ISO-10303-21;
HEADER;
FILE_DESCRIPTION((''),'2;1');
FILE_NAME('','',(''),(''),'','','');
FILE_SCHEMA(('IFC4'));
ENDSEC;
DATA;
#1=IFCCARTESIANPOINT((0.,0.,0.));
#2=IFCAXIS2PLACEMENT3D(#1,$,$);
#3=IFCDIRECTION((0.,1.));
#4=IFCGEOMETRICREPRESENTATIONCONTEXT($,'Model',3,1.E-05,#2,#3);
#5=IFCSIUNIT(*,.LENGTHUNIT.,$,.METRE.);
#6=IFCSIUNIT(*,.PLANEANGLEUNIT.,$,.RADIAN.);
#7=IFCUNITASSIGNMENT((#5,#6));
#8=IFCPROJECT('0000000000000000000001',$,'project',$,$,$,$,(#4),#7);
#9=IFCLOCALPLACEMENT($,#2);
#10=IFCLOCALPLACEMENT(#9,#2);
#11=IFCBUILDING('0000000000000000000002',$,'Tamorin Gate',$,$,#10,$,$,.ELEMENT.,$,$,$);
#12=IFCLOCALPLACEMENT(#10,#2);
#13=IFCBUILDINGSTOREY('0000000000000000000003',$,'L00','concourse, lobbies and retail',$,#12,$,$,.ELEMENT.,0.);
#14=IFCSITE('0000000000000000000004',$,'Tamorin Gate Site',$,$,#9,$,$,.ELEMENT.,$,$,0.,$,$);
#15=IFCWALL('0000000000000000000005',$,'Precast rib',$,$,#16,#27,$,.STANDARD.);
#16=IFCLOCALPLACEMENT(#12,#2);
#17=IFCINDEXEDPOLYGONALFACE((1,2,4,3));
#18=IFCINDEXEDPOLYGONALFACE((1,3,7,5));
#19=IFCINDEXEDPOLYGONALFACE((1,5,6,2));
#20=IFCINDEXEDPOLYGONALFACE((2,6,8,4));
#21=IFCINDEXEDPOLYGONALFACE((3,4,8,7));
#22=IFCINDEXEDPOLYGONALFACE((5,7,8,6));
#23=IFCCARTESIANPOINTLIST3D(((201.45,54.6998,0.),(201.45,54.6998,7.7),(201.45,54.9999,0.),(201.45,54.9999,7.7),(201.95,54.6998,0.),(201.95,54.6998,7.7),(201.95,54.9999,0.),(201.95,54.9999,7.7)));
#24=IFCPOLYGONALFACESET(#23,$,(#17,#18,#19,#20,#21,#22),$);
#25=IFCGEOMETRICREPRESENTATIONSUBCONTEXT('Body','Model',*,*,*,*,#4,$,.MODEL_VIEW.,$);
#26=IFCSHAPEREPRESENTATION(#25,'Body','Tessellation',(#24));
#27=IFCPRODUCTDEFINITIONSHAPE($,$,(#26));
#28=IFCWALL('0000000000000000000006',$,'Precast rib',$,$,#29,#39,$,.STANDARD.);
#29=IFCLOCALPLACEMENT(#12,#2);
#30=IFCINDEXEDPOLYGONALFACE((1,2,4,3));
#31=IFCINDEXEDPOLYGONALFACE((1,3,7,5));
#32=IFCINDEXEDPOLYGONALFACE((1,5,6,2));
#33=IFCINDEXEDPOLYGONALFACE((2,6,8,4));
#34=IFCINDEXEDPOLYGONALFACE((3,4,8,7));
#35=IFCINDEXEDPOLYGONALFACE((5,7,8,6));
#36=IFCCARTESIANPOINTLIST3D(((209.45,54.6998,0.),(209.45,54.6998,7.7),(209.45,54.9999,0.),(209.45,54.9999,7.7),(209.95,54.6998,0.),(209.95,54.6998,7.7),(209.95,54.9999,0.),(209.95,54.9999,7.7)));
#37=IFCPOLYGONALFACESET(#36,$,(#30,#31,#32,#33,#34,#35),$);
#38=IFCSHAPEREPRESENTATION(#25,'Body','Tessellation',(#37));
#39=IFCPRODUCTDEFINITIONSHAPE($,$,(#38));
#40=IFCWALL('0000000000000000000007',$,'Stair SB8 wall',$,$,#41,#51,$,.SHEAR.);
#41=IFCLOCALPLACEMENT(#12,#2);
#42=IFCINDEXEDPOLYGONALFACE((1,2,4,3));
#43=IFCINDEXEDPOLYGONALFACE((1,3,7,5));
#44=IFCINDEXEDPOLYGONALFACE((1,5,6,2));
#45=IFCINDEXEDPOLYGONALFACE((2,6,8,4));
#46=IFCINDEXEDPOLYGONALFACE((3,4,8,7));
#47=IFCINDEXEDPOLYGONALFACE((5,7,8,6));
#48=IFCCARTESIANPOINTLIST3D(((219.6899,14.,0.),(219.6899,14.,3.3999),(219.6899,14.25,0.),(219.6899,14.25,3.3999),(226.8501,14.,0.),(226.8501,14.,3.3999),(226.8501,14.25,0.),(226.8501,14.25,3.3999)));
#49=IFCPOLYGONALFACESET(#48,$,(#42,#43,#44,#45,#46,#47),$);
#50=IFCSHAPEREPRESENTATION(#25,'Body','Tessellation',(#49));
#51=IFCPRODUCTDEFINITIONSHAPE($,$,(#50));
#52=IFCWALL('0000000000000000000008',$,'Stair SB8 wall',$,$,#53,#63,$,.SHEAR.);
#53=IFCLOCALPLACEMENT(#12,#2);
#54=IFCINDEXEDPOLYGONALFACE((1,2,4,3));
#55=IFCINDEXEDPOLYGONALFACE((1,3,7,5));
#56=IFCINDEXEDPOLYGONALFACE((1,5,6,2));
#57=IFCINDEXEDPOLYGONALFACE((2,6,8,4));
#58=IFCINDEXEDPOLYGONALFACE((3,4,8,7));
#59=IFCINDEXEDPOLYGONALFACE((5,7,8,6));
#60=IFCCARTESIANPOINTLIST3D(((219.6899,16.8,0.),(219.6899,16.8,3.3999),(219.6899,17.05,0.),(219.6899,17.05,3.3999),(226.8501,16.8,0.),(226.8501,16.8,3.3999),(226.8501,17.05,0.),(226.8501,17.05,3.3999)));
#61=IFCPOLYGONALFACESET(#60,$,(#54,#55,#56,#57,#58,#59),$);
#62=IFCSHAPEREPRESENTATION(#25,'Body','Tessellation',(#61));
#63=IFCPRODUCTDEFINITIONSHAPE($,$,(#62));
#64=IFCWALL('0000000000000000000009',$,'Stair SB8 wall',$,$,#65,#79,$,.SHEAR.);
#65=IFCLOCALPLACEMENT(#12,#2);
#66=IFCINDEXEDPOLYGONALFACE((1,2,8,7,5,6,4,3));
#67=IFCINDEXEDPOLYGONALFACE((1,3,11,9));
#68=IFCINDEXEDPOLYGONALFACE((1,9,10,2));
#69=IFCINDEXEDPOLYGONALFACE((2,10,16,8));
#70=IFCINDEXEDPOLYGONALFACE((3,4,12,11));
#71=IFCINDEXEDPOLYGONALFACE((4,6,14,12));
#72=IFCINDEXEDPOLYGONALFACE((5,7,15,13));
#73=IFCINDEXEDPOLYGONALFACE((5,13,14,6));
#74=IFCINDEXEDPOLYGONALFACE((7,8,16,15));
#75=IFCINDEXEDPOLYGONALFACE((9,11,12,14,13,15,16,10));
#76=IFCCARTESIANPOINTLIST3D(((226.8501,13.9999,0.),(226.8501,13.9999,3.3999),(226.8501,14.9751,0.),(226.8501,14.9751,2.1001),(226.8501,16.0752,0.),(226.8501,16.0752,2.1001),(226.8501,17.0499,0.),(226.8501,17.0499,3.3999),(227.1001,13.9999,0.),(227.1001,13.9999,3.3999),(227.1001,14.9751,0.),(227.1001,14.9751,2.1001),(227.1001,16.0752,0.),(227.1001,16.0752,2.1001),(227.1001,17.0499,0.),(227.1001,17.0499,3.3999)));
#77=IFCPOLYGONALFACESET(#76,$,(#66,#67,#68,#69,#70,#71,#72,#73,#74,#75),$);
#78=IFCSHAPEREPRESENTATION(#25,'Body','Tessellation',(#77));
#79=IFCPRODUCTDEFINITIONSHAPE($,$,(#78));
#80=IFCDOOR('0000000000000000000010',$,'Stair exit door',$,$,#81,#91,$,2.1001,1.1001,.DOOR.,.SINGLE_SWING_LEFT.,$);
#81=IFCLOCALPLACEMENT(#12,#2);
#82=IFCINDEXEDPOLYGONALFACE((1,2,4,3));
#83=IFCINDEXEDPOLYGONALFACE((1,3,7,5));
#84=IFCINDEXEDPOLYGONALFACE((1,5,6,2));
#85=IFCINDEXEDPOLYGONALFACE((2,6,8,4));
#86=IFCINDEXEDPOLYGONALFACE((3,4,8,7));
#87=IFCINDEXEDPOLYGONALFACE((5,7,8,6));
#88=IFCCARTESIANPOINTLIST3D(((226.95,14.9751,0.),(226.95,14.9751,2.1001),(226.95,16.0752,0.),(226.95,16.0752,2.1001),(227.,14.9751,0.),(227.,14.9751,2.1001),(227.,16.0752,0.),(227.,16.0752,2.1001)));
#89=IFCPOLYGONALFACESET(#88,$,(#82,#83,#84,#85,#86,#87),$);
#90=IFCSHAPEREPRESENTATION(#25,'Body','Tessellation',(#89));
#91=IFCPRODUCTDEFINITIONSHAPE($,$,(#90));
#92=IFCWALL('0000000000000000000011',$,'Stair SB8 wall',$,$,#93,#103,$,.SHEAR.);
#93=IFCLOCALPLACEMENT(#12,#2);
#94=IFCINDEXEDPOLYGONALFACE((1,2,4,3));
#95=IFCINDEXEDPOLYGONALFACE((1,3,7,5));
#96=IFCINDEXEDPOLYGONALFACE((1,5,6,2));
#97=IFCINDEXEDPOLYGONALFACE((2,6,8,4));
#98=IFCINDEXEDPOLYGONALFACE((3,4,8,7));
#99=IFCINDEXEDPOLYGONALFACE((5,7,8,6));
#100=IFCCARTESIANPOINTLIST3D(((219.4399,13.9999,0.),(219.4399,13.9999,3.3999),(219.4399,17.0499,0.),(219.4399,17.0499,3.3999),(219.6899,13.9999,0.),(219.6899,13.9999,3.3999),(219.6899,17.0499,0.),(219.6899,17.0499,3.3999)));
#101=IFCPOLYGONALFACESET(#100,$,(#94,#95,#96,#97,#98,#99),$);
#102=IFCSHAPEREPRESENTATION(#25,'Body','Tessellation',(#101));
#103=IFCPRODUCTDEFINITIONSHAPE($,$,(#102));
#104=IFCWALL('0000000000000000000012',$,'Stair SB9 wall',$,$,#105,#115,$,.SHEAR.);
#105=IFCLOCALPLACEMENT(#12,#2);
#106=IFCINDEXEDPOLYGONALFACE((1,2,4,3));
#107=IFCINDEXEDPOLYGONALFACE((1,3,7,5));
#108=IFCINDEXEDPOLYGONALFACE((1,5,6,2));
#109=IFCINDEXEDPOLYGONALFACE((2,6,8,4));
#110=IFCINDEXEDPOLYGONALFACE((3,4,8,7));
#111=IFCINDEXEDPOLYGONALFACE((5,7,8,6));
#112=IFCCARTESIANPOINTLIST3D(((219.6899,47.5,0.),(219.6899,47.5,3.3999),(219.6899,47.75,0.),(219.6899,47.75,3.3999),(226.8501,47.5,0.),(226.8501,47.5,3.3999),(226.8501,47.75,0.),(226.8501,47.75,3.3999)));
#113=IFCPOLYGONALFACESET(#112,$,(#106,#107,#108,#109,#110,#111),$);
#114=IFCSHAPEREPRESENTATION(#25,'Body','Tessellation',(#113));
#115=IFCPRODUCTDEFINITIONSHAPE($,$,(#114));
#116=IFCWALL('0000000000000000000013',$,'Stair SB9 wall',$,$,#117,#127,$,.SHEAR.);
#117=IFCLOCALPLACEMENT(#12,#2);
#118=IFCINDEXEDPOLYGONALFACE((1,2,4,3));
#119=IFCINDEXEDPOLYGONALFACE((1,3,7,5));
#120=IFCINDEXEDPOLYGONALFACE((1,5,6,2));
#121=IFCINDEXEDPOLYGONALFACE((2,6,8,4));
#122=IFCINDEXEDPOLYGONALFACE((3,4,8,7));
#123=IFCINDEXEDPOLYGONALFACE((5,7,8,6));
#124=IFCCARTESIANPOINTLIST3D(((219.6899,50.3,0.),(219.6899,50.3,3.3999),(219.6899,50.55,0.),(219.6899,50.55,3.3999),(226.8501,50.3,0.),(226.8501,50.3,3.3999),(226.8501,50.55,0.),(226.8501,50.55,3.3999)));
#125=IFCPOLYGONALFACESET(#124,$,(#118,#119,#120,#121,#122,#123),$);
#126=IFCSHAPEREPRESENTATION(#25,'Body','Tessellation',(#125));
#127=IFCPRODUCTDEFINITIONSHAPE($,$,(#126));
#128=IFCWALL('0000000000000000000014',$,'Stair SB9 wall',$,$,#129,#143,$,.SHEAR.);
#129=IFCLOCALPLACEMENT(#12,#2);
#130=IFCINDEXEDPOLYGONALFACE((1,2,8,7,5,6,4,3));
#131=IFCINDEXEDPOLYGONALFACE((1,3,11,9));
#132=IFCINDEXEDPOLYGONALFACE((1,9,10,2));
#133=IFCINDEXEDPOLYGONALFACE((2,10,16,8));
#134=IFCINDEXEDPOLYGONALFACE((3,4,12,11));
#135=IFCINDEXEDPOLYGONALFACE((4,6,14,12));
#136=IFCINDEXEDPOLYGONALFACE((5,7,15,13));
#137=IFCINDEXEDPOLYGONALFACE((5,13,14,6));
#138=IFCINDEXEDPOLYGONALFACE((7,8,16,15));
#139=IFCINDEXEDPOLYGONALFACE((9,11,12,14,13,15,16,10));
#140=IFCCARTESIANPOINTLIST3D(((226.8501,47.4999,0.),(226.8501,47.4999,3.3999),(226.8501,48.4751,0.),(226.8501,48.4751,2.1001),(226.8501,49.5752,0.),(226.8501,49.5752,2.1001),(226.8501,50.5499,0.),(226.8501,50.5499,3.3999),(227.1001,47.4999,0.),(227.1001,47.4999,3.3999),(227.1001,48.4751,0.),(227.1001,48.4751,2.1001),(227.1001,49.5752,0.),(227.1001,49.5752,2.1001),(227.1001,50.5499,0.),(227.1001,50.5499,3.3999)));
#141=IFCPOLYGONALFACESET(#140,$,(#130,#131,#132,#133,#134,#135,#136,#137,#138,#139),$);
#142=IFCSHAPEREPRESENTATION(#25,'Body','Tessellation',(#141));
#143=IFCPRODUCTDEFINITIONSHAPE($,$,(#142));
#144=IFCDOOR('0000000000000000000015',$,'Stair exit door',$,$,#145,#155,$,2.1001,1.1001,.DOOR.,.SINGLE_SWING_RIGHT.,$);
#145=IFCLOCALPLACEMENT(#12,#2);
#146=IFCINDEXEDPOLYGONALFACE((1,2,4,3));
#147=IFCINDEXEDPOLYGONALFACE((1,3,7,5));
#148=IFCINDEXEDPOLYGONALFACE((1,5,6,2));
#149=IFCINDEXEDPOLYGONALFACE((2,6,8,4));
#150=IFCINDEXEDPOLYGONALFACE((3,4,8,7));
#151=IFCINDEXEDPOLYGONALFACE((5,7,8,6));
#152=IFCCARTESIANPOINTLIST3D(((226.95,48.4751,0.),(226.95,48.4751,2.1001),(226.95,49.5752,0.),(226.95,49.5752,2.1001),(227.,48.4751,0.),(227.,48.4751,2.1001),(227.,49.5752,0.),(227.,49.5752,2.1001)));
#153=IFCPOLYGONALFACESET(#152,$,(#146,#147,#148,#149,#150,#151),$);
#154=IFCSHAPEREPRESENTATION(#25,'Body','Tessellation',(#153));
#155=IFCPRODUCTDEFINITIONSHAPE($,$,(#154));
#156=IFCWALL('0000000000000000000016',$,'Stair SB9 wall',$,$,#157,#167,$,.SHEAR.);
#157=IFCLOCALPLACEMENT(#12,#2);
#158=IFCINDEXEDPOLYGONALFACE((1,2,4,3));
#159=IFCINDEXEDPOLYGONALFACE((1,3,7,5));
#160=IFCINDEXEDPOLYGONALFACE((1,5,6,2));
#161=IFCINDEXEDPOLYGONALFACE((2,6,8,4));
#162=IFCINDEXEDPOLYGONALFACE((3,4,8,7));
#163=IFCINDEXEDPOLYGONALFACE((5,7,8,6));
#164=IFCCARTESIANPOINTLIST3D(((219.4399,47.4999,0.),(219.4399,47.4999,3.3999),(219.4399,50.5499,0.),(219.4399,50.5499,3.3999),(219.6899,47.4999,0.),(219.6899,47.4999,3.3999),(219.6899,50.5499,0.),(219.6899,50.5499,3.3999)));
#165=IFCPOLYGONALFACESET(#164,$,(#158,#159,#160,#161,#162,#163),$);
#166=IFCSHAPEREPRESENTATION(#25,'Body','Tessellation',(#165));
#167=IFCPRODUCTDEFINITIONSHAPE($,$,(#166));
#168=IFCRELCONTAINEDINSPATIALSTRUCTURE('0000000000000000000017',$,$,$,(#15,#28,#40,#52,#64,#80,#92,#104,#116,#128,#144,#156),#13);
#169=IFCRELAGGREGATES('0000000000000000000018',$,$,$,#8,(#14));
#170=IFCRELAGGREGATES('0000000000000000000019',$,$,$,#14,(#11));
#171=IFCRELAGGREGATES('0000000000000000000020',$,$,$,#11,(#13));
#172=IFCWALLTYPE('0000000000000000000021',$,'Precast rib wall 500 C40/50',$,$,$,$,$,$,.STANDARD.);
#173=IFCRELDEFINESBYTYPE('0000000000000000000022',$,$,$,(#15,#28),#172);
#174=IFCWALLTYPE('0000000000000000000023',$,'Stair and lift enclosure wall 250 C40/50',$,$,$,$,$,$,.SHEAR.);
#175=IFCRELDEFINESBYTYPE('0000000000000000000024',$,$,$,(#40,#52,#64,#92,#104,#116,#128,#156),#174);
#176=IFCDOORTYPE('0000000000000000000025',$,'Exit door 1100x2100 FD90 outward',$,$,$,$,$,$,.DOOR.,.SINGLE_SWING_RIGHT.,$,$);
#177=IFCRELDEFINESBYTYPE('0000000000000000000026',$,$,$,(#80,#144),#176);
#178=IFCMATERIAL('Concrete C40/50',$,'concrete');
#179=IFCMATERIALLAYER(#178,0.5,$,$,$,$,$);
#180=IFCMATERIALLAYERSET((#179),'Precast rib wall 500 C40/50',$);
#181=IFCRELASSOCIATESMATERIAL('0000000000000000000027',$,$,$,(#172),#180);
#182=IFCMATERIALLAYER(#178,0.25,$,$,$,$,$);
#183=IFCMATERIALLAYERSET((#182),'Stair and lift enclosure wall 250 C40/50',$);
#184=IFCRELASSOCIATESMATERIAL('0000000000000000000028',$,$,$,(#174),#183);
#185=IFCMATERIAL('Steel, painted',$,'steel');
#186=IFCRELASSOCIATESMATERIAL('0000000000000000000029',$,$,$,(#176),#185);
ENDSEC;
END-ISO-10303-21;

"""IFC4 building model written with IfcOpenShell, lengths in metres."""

from ifc_helpers import new_model, si_unit, direction, frame, frame_2d, origin, place, context, subcontext, project, spatial, rectangle, extrude, material, layer, layer_set, type_object, element, fill, save


model = new_model("IFC4")

# Units and contexts
model_context = context("Model", 3, precision=1e-05, world=origin(), true_north=direction((0.0, 1.0)))
body_context = subcontext(model_context, "Body", "Model", "MODEL_VIEW")
ifc_project = project(units=[si_unit("LENGTHUNIT", "METRE"), si_unit("PLANEANGLEUNIT", "RADIAN")], contexts=[model_context])

# Site, building, storey
site_placement = place(None, origin())
site = spatial("IfcSite", under=ifc_project, at=site_placement, Name="Tamorin Gate Site", CompositionType="ELEMENT", RefElevation=0.0)
building_placement = place(site_placement, origin())
building = spatial("IfcBuilding", under=site, at=building_placement, Name="Tamorin Gate", CompositionType="ELEMENT")
storey_placement = place(building_placement, origin())
storey = spatial("IfcBuildingStorey", under=building, at=storey_placement, Name="L00", Description="concourse, lobbies and retail", CompositionType="ELEMENT", Elevation=0.0)

# Shared definitions
ifc_material_1 = material(Name="Concrete C40/50", Category="concrete")

# Shared definitions
ifc_material_2 = material(Name="Steel, painted", Category="steel")

# Walls
ifc_layer_1 = layer(ifc_material_1, 0.5)
ifc_layer_set_1 = layer_set([ifc_layer_1], Name="Precast rib wall 500 C40/50")
wall_type_1 = type_object("IfcWallType", Name="Precast rib wall 500 C40/50", PredefinedType="STANDARD", material=ifc_layer_set_1)
for number, where, z_axis, x_axis, name in (
    (1, (201.7, 54.7, 0.0), (0.0, 0.0, 1.0), (0.0, 1.0, 0.0), "Precast rib"),
    (2, (209.7, 54.7, 0.0), (0.0, 0.0, 1.0), (0.0, 1.0, 0.0), "Precast rib"),
):
    element("IfcWall", number, at=place(storey_placement, frame(where, z_axis=z_axis, x_axis=x_axis)), inside=storey, type_object=wall_type_1, Name=name, PredefinedType="STANDARD", context=body_context, shape_type="SweptSolid", body=[
        extrude(rectangle(XDim=0.3, YDim=0.5, at=frame_2d((0.1499, 0.0))), origin(), (0.0, 0.0, 1.0), 7.7),
    ])
ifc_layer_2 = layer(ifc_material_1, 0.25)
ifc_layer_set_2 = layer_set([ifc_layer_2], Name="Stair and lift enclosure wall 250 C40/50")
wall_type_2 = type_object("IfcWallType", Name="Stair and lift enclosure wall 250 C40/50", PredefinedType="SHEAR", material=ifc_layer_set_2)
for number, where, z_axis, x_axis, name in (
    (3, (219.6899, 14.125, 0.0), (0.0, 0.0, 1.0), (1.0, 0.0, 0.0), "Stair SB8 wall"),
    (4, (219.6899, 16.925, 0.0), (0.0, 0.0, 1.0), (1.0, 0.0, 0.0), "Stair SB8 wall"),
):
    element("IfcWall", number, at=place(storey_placement, frame(where, z_axis=z_axis, x_axis=x_axis)), inside=storey, type_object=wall_type_2, Name=name, PredefinedType="SHEAR", context=body_context, shape_type="SweptSolid", body=[
        extrude(rectangle(XDim=7.1602, YDim=0.25, at=frame_2d((3.5801, 0.0))), origin(), (0.0, 0.0, 1.0), 3.3999),
    ])

# Wall, opening, door
wall_1_placement = place(storey_placement, frame((226.9751, 14.0, 0.0), z_axis=(0.0, 0.0, 1.0), x_axis=(0.0, 1.0, 0.0)))
wall_1 = element("IfcWall", 5, at=wall_1_placement, inside=storey, type_object=wall_type_2, Name="Stair SB8 wall", PredefinedType="SHEAR", context=body_context, shape_type="SweptSolid", body=[
    extrude(rectangle(XDim=3.05, YDim=0.25, at=frame_2d((1.5249, 0.0))), origin(), (0.0, 0.0, 1.0), 3.3999),
])
opening_1_placement = place(wall_1_placement, frame((0.9751, 0.0, 0.0)))
opening_1 = element("IfcOpeningElement", 6, at=opening_1_placement, cuts=wall_1, PredefinedType="OPENING", context=body_context, shape_type="SweptSolid", body=[
    extrude(rectangle(XDim=1.1001, YDim=2.1001, at=frame_2d((0.55, 1.05))), frame((0.0, 0.135, 0.0), z_axis=(0.0, -1.0, 0.0), x_axis=(1.0, 0.0, 0.0)), (0.0, 0.0, 1.0), 0.27),
])
door_type_1 = type_object("IfcDoorType", Name="Exit door 1100x2100 FD90 outward", OperationType="SINGLE_SWING_RIGHT", PredefinedType="DOOR", material=ifc_material_2)
door_1_placement = place(opening_1_placement, frame((1.1001, 0.0, 0.0), z_axis=(0.0, 0.0, 1.0), x_axis=(-1.0, 0.0, 0.0)))
door_1 = element("IfcDoor", 7, at=door_1_placement, inside=storey, type_object=door_type_1, Name="Stair exit door", OperationType="SINGLE_SWING_LEFT", OverallHeight=2.1001, OverallWidth=1.1001, PredefinedType="DOOR", context=body_context, shape_type="SweptSolid", body=[
    extrude(rectangle(XDim=1.1001, YDim=2.1001, at=frame_2d((0.55, 1.05))), frame((0.0, 0.0249, 0.0), z_axis=(0.0, -1.0, 0.0), x_axis=(1.0, 0.0, 0.0)), (0.0, 0.0, 1.0), 0.05),
])
fill(opening_1, door_1)

# Walls
wall_2_placement = place(storey_placement, frame((219.5649, 14.0, 0.0), z_axis=(0.0, 0.0, 1.0), x_axis=(0.0, 1.0, 0.0)))
element("IfcWall", 8, at=wall_2_placement, inside=storey, type_object=wall_type_2, Name="Stair SB8 wall", PredefinedType="SHEAR", context=body_context, shape_type="SweptSolid", body=[
    extrude(rectangle(XDim=3.05, YDim=0.25, at=frame_2d((1.5249, 0.0))), origin(), (0.0, 0.0, 1.0), 3.3999),
])
for number, where, z_axis, x_axis, name in (
    (9, (219.6899, 47.625, 0.0), (0.0, 0.0, 1.0), (1.0, 0.0, 0.0), "Stair SB9 wall"),
    (10, (219.6899, 50.425, 0.0), (0.0, 0.0, 1.0), (1.0, 0.0, 0.0), "Stair SB9 wall"),
):
    element("IfcWall", number, at=place(storey_placement, frame(where, z_axis=z_axis, x_axis=x_axis)), inside=storey, type_object=wall_type_2, Name=name, PredefinedType="SHEAR", context=body_context, shape_type="SweptSolid", body=[
        extrude(rectangle(XDim=7.1602, YDim=0.25, at=frame_2d((3.5801, 0.0))), origin(), (0.0, 0.0, 1.0), 3.3999),
    ])

# Wall, opening, door
wall_3_placement = place(storey_placement, frame((226.9751, 47.5, 0.0), z_axis=(0.0, 0.0, 1.0), x_axis=(0.0, 1.0, 0.0)))
wall_3 = element("IfcWall", 11, at=wall_3_placement, inside=storey, type_object=wall_type_2, Name="Stair SB9 wall", PredefinedType="SHEAR", context=body_context, shape_type="SweptSolid", body=[
    extrude(rectangle(XDim=3.05, YDim=0.25, at=frame_2d((1.5249, 0.0))), origin(), (0.0, 0.0, 1.0), 3.3999),
])
opening_2_placement = place(wall_3_placement, frame((0.9751, 0.0, 0.0)))
opening_2 = element("IfcOpeningElement", 12, at=opening_2_placement, cuts=wall_3, PredefinedType="OPENING", context=body_context, shape_type="SweptSolid", body=[
    extrude(rectangle(XDim=1.1001, YDim=2.1001, at=frame_2d((0.55, 1.05))), frame((0.0, 0.135, 0.0), z_axis=(0.0, -1.0, 0.0), x_axis=(1.0, 0.0, 0.0)), (0.0, 0.0, 1.0), 0.27),
])
door_2_placement = place(opening_2_placement, frame((1.1001, 0.0, 0.0), z_axis=(0.0, 0.0, 1.0), x_axis=(-1.0, 0.0, 0.0)))
door_2 = element("IfcDoor", 13, at=door_2_placement, inside=storey, type_object=door_type_1, Name="Stair exit door", OperationType="SINGLE_SWING_RIGHT", OverallHeight=2.1001, OverallWidth=1.1001, PredefinedType="DOOR", context=body_context, shape_type="SweptSolid", body=[
    extrude(rectangle(XDim=1.1001, YDim=2.1001, at=frame_2d((0.55, 1.05))), frame((0.0, 0.0249, 0.0), z_axis=(0.0, -1.0, 0.0), x_axis=(1.0, 0.0, 0.0)), (0.0, 0.0, 1.0), 0.05),
])
fill(opening_2, door_2)

# Wall
wall_4_placement = place(storey_placement, frame((219.5649, 47.5, 0.0), z_axis=(0.0, 0.0, 1.0), x_axis=(0.0, 1.0, 0.0)))
element("IfcWall", 14, at=wall_4_placement, inside=storey, type_object=wall_type_2, Name="Stair SB9 wall", PredefinedType="SHEAR", context=body_context, shape_type="SweptSolid", body=[
    extrude(rectangle(XDim=3.05, YDim=0.25, at=frame_2d((1.5249, 0.0))), origin(), (0.0, 0.0, 1.0), 3.3999),
])

save(model, "model.ifc")
